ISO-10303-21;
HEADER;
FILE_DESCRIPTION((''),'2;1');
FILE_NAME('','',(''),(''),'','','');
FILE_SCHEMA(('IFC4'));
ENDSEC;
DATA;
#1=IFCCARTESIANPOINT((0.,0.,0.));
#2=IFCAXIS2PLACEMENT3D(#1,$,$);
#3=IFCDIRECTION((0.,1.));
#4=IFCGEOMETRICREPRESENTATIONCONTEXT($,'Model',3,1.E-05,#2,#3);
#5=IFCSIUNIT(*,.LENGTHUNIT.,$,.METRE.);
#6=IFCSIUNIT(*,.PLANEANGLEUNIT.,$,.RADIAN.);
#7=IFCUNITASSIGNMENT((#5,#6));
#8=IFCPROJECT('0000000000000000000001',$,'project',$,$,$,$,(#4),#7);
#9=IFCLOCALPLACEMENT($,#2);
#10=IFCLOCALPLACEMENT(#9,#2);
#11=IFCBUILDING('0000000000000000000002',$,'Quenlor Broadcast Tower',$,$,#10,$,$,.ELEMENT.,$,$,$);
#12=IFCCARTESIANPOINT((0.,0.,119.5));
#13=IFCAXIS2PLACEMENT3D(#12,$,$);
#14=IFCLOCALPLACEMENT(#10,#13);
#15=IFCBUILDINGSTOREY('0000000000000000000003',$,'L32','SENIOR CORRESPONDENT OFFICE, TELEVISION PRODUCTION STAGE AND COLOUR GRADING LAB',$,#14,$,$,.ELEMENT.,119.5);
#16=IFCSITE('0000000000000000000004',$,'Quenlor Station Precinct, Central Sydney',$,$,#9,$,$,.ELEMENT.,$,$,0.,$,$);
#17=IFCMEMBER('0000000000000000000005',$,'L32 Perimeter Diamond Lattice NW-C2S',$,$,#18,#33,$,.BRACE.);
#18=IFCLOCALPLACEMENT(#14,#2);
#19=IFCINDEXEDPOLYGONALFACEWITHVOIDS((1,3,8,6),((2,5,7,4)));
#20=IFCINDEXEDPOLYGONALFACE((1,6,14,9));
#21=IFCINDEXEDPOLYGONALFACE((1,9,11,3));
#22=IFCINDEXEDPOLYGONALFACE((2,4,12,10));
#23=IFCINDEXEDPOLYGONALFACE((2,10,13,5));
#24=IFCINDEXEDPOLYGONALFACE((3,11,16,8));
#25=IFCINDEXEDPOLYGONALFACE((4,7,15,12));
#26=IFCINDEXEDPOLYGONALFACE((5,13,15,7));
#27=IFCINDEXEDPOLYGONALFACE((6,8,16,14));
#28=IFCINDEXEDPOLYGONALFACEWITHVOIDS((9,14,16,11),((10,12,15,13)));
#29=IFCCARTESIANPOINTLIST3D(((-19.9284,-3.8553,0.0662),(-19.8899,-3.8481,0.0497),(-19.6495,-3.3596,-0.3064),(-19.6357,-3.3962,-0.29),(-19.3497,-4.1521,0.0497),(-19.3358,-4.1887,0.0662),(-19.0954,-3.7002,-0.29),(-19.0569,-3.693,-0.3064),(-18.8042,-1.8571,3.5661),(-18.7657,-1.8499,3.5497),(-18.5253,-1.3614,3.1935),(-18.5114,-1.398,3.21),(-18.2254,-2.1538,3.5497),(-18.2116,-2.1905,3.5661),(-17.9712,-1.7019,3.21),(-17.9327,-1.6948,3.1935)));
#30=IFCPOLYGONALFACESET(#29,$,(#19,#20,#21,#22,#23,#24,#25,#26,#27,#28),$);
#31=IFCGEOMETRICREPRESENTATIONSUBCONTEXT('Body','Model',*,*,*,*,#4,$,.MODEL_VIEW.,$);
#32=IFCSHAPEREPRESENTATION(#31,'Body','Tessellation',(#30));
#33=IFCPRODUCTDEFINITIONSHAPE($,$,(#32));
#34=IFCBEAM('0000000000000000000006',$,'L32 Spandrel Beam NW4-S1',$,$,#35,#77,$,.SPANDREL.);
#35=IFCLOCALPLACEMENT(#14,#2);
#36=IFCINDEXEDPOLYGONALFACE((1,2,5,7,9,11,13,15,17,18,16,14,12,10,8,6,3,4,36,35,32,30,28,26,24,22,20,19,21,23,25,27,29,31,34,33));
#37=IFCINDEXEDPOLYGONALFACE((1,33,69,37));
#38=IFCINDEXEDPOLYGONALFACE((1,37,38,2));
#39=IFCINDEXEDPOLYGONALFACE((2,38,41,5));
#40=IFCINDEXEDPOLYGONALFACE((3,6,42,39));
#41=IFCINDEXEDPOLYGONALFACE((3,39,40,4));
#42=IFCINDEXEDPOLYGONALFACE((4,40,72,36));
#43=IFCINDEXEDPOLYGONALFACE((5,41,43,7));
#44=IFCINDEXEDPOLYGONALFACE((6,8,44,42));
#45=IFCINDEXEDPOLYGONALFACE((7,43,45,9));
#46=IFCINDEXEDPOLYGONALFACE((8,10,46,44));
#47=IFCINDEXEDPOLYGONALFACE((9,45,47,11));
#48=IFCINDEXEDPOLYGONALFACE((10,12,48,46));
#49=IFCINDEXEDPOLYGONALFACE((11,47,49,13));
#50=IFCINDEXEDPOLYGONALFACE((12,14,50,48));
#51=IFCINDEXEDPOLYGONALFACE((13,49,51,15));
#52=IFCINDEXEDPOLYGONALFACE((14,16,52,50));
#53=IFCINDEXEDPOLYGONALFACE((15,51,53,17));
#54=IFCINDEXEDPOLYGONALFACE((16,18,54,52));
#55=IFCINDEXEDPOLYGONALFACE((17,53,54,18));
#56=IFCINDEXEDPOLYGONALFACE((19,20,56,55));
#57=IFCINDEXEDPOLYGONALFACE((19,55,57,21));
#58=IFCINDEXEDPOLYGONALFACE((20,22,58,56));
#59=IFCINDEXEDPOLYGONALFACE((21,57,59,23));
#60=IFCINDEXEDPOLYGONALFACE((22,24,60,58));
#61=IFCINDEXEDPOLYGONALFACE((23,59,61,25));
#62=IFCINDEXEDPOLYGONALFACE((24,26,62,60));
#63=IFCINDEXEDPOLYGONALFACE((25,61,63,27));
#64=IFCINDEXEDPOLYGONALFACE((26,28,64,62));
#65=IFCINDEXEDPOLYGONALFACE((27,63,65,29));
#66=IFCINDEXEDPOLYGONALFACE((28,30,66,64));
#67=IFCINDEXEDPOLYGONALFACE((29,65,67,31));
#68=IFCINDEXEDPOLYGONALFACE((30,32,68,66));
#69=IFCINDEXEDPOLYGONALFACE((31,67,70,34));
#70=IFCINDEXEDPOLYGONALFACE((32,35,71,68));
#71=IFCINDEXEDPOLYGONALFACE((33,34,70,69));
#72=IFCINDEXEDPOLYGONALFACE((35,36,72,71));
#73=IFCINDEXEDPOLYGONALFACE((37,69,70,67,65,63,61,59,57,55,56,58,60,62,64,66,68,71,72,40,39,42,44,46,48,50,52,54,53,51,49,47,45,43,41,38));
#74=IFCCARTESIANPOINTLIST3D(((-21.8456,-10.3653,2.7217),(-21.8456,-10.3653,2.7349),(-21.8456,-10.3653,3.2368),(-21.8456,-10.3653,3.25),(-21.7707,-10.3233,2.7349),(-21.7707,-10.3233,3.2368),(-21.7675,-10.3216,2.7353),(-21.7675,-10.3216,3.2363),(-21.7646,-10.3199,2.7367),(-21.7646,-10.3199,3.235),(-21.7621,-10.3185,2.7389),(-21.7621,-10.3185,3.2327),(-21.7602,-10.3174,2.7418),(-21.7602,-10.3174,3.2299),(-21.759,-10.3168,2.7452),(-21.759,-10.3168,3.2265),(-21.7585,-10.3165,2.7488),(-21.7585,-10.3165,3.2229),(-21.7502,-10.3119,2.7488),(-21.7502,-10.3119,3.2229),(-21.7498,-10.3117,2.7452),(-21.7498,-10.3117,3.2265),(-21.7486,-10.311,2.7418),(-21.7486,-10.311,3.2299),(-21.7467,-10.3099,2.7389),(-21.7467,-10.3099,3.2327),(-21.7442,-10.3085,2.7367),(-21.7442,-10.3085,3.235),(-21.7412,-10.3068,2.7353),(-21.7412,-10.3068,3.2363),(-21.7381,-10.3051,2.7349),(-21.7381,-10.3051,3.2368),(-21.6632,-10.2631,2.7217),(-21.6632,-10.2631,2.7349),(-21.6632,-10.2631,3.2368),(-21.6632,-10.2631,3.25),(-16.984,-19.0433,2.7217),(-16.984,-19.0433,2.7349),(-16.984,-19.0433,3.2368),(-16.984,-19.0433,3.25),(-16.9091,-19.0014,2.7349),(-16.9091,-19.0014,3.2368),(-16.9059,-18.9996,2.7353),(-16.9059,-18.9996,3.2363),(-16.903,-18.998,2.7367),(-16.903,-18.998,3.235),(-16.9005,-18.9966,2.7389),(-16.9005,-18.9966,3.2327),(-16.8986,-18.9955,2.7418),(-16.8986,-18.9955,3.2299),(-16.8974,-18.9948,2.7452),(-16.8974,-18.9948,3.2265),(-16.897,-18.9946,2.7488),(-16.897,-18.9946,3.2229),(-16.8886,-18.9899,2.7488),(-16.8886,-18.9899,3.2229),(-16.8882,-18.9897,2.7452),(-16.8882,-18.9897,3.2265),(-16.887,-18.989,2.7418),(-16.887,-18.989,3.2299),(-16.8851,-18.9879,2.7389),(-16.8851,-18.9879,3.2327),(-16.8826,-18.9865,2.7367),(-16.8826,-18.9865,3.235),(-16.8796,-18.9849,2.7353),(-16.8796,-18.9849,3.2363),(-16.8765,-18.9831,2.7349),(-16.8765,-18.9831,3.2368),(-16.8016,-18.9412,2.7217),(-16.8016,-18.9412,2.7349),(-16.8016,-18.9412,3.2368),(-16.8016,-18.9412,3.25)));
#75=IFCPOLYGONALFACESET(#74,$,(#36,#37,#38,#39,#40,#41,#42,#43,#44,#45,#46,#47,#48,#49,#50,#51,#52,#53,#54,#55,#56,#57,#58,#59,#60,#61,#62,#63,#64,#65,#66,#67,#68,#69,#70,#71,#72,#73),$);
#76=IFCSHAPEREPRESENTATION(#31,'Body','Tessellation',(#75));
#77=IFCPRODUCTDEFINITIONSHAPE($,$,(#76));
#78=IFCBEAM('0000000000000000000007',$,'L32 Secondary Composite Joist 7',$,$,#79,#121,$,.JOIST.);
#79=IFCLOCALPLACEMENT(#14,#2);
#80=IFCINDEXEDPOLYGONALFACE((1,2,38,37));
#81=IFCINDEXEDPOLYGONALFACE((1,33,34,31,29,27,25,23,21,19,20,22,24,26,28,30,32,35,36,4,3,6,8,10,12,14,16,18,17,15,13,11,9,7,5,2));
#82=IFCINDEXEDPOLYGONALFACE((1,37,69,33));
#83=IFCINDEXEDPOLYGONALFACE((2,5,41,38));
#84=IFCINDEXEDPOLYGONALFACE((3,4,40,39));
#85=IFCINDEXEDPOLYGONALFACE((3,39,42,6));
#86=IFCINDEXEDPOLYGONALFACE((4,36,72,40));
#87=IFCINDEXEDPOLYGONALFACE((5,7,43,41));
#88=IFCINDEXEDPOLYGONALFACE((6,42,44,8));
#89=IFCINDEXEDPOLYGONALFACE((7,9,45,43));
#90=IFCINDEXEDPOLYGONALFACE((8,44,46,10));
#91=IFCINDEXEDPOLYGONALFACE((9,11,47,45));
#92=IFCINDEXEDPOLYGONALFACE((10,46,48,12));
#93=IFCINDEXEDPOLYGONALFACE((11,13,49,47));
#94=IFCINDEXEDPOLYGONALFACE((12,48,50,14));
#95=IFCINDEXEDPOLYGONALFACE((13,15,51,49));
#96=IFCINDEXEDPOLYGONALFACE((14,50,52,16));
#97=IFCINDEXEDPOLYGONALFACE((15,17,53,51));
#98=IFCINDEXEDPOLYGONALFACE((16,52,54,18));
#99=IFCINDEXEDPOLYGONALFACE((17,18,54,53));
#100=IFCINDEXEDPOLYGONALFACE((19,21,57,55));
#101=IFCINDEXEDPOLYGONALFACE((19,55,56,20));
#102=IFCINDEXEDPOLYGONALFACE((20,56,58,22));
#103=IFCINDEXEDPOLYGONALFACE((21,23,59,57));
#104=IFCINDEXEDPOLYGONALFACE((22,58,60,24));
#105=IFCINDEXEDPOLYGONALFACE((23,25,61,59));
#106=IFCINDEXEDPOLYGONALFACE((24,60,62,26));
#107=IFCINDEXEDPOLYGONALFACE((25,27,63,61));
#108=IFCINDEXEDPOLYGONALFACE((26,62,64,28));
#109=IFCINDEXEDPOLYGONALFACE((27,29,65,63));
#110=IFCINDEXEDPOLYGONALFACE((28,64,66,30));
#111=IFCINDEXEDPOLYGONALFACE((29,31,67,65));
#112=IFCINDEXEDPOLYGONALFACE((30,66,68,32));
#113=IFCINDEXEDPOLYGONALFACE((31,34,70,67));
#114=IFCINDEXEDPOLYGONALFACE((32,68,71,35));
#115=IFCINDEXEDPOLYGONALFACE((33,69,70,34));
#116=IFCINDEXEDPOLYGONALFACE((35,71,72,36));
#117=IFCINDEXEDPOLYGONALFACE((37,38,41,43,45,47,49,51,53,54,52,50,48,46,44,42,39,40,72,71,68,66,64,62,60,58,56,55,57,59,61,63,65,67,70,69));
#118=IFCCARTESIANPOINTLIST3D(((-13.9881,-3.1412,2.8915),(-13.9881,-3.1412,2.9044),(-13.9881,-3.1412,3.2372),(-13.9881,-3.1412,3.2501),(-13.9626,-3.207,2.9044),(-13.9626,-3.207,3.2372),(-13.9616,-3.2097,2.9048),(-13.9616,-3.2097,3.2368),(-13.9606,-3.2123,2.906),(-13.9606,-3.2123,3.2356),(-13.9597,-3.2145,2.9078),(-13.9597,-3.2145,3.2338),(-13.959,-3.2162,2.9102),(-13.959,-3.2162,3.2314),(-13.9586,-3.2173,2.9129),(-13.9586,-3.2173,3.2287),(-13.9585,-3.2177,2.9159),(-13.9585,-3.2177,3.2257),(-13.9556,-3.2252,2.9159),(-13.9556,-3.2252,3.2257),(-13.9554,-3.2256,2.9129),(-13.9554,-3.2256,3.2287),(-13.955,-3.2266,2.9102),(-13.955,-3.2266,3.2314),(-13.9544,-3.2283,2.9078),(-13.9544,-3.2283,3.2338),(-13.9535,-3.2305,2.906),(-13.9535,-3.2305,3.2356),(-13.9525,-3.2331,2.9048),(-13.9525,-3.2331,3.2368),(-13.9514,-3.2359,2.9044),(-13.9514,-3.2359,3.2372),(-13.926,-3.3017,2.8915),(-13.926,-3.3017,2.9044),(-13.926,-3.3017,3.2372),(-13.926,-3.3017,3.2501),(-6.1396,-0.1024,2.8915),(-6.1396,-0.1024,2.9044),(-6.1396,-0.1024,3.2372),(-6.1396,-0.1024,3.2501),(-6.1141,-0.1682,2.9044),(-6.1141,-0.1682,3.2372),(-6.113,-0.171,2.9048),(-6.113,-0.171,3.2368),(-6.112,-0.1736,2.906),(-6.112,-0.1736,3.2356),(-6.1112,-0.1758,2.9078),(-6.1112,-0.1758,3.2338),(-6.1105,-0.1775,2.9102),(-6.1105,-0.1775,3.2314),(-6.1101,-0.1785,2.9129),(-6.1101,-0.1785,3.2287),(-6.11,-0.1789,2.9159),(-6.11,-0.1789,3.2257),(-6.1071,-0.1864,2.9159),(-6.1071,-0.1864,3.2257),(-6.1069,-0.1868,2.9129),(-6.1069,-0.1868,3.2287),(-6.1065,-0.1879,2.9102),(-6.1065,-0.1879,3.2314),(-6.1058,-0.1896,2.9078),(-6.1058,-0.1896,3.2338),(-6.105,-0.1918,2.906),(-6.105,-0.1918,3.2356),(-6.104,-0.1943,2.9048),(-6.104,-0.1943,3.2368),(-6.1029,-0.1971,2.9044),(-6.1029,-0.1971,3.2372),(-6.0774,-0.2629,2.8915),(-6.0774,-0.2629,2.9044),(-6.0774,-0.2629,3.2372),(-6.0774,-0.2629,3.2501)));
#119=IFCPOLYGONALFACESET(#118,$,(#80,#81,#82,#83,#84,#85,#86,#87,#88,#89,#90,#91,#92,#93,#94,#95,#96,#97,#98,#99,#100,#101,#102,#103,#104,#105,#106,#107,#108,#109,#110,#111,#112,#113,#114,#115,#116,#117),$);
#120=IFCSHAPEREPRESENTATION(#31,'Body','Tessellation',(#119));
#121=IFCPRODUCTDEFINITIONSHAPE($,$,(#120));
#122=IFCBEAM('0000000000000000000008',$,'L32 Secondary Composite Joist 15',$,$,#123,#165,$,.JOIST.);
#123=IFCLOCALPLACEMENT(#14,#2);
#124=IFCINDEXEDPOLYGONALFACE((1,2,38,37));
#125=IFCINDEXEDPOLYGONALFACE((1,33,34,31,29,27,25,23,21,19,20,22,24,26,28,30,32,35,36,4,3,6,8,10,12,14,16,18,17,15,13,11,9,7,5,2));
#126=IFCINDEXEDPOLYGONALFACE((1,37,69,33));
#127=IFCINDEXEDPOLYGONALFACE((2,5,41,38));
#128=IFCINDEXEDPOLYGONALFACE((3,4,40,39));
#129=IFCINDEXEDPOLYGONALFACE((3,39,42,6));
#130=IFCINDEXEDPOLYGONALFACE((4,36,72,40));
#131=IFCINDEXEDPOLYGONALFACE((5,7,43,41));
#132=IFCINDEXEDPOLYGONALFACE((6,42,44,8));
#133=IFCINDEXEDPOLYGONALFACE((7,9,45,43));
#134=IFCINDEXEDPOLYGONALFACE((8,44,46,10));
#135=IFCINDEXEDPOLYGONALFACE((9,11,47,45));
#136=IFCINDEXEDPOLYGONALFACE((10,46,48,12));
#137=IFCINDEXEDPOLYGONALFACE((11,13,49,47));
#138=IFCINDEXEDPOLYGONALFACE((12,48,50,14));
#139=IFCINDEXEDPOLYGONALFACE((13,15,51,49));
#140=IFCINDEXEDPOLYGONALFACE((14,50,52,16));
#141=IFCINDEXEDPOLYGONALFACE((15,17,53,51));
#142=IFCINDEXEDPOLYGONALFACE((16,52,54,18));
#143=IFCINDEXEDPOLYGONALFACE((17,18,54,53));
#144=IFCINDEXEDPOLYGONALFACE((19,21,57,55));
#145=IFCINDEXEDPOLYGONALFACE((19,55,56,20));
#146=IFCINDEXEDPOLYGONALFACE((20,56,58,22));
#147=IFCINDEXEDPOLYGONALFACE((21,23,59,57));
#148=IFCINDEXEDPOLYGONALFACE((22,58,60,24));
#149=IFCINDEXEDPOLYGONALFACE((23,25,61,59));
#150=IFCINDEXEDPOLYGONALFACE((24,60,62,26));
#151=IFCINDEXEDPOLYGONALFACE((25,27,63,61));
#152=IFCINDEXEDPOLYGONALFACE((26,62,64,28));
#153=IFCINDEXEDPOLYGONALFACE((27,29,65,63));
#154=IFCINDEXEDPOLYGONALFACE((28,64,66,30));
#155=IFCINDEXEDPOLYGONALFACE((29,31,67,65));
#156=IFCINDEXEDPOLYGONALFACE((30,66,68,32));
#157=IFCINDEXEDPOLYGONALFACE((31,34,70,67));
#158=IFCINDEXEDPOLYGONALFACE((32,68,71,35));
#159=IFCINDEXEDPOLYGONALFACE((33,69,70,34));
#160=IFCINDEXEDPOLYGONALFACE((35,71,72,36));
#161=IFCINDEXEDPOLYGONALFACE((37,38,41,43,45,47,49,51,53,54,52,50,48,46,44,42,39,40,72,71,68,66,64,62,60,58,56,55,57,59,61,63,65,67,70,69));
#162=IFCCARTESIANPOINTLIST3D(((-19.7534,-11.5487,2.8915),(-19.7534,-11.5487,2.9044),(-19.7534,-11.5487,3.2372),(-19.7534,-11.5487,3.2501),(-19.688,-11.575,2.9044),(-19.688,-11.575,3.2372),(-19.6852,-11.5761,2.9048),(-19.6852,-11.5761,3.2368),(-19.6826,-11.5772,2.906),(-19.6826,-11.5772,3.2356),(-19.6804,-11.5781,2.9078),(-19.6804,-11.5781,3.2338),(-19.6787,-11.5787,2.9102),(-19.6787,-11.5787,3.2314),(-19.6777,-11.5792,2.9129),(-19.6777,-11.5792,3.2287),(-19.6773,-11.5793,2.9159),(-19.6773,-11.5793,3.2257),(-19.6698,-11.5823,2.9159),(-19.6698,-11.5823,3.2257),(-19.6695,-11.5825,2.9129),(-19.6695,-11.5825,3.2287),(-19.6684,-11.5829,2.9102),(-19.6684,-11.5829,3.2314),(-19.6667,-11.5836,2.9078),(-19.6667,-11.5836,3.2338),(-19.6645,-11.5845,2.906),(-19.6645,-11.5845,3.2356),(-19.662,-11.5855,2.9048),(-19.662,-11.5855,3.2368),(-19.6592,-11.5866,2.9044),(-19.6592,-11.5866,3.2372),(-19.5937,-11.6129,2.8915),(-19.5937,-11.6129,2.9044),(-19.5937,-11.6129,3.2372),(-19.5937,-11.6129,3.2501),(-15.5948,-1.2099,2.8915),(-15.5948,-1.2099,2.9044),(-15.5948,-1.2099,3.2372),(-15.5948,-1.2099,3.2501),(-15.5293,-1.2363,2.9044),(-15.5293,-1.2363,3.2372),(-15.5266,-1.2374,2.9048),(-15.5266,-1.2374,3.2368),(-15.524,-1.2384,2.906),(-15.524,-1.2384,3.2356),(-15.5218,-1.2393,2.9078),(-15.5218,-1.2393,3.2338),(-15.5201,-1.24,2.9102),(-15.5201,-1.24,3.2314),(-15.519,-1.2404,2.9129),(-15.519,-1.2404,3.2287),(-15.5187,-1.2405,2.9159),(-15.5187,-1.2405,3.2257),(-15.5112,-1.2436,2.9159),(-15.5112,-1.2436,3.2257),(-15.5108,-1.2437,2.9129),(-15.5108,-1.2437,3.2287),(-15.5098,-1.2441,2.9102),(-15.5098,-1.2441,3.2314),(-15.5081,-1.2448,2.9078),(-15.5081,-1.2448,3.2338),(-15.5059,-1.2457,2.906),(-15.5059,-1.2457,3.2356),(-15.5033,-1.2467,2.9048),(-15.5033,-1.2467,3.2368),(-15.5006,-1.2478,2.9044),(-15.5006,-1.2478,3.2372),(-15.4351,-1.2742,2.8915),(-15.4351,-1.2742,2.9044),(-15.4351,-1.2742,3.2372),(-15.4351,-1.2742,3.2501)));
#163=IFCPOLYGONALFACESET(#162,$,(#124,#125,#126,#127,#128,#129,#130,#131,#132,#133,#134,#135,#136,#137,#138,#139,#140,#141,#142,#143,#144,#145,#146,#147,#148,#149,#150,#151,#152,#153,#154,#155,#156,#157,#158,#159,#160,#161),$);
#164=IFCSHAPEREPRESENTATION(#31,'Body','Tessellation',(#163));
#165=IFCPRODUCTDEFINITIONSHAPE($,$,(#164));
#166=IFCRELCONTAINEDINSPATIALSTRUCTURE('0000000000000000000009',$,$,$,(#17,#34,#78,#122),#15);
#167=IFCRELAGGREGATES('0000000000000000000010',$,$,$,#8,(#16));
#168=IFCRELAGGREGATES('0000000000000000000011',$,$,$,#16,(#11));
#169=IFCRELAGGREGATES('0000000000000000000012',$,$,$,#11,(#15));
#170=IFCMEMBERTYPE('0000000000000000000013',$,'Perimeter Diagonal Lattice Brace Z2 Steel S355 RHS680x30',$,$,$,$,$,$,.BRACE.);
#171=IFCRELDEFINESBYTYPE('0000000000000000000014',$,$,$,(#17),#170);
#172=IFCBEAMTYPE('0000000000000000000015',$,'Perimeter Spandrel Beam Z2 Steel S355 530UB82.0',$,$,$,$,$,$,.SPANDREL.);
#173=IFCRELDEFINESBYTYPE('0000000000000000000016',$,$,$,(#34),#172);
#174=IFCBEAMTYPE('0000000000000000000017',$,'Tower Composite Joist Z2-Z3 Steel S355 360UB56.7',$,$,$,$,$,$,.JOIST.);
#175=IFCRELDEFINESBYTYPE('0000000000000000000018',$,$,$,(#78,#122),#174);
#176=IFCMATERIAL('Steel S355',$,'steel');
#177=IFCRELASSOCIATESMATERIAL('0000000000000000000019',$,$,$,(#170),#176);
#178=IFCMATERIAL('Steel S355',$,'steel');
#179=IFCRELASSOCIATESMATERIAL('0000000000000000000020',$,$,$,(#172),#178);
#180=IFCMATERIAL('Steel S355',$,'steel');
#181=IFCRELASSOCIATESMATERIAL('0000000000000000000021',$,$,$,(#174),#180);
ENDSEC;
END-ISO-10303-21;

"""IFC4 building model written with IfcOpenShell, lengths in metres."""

from ifc_helpers import new_model, si_unit, direction, frame, origin, origin_2d, place, context, subcontext, project, spatial, hollow_rectangle, i_section, extrude, material, material_profile, profile_set, type_object, element, save


model = new_model("IFC4")

# Units and contexts
model_context = context("Model", 3, precision=1e-05, world=origin(), true_north=direction((0.0, 1.0)))
body_context = subcontext(model_context, "Body", "Model", "MODEL_VIEW")
ifc_project = project(units=[si_unit("LENGTHUNIT", "METRE"), si_unit("PLANEANGLEUNIT", "RADIAN")], contexts=[model_context])

# Site, building, storey
site_placement = place(None, origin())
site = spatial("IfcSite", under=ifc_project, at=site_placement, Name="Quenlor Station Precinct, Central Sydney", CompositionType="ELEMENT", RefElevation=0.0)
building_placement = place(site_placement, origin())
building = spatial("IfcBuilding", under=site, at=building_placement, Name="Quenlor Broadcast Tower", CompositionType="ELEMENT")
storey_placement = place(building_placement, frame((0.0, 0.0, 119.5)))
storey = spatial("IfcBuildingStorey", under=building, at=storey_placement, Name="L32", Description="SENIOR CORRESPONDENT OFFICE, TELEVISION PRODUCTION STAGE AND COLOUR GRADING LAB", CompositionType="ELEMENT", Elevation=119.5)

# Member
ifc_material_1 = material(Name="Steel S355", Category="steel")
ifc_material_profile_1 = material_profile(ifc_material_1, hollow_rectangle(XDim=0.6799, YDim=0.6799, WallThickness=0.03, at=origin_2d()))
ifc_profile_set_1 = profile_set([ifc_material_profile_1], Name="Steel S355 RHS680x680x30")
member_type_1 = type_object("IfcMemberType", Name="Perimeter Diagonal Lattice Brace Z2 Steel S355 RHS680x30", PredefinedType="BRACE", material=ifc_profile_set_1)
for number, where, z_axis, x_axis, name in (
    (1, (-19.4927, -3.7742, -0.1201), (0.268697, 0.477585, 0.836489), (-0.871533, 0.490337, 0.0), "L32 Perimeter Diamond Lattice NW-C2S"),
):
    element("IfcMember", number, at=place(storey_placement, frame(where, z_axis=z_axis, x_axis=x_axis)), inside=storey, type_object=member_type_1, Name=name, PredefinedType="BRACE", context=body_context, shape_type="SweptSolid", body=[
        extrude(hollow_rectangle(XDim=0.6799, YDim=0.6799, WallThickness=0.03, at=origin_2d()), origin(), (0.0, 0.0, 1.0), 4.1841),
    ])

# Beams
ifc_material_2 = material(Name="Steel S355", Category="steel")
ifc_material_profile_2 = material_profile(ifc_material_2, i_section(OverallWidth=0.209, OverallDepth=0.5283, WebThickness=0.0095, FlangeThickness=0.0132, FilletRadius=0.0139, at=origin_2d()))
ifc_profile_set_2 = profile_set([ifc_material_profile_2], Name="Steel S355 530UB82.0")
beam_type_1 = type_object("IfcBeamType", Name="Perimeter Spandrel Beam Z2 Steel S355 530UB82.0", PredefinedType="SPANDREL", material=ifc_profile_set_2)
beam_1_placement = place(storey_placement, frame((-21.7544, -10.3142, 2.9858), z_axis=(0.488749, -0.872424, 0.0), x_axis=(0.872424, 0.488749, 0.0)))
element("IfcBeam", 2, at=beam_1_placement, inside=storey, type_object=beam_type_1, Name="L32 Spandrel Beam NW4-S1", PredefinedType="SPANDREL", context=body_context, shape_type="SweptSolid", body=[
    extrude(i_section(OverallWidth=0.209, OverallDepth=0.5283, WebThickness=0.0095, FlangeThickness=0.0132, FilletRadius=0.0139, at=origin_2d()), origin(), (0.0, 0.0, 1.0), 9.947),
])
ifc_material_3 = material(Name="Steel S355", Category="steel")
ifc_material_profile_3 = material_profile(ifc_material_3, i_section(OverallWidth=0.1721, OverallDepth=0.3586, WebThickness=0.0081, FlangeThickness=0.0129, FilletRadius=0.0115, at=origin_2d()))
ifc_profile_set_3 = profile_set([ifc_material_profile_3], Name="Steel S355 360UB56.7")
beam_type_2 = type_object("IfcBeamType", Name="Tower Composite Joist Z2-Z3 Steel S355 360UB56.7", PredefinedType="JOIST", material=ifc_profile_set_3)
beam_2_placement = place(storey_placement, frame((-13.957, -3.2214, 3.0708), z_axis=(0.932543, 0.36106, 0.0), x_axis=(-0.36106, 0.932543, 0.0)))
element("IfcBeam", 3, at=beam_2_placement, inside=storey, type_object=beam_type_2, Name="L32 Secondary Composite Joist 7", PredefinedType="JOIST", context=body_context, shape_type="SweptSolid", body=[
    extrude(i_section(OverallWidth=0.1721, OverallDepth=0.3586, WebThickness=0.0081, FlangeThickness=0.0129, FilletRadius=0.0115, at=origin_2d()), origin(), (0.0, 0.0, 1.0), 8.4163),
])
beam_3_placement = place(storey_placement, frame((-19.6736, -11.5808, 3.0708), z_axis=(0.37318, 0.927759, 0.0), x_axis=(-0.927759, 0.37318, 0.0)))
element("IfcBeam", 4, at=beam_3_placement, inside=storey, type_object=beam_type_2, Name="L32 Secondary Composite Joist 15", PredefinedType="JOIST", context=body_context, shape_type="SweptSolid", body=[
    extrude(i_section(OverallWidth=0.1721, OverallDepth=0.3586, WebThickness=0.0081, FlangeThickness=0.0129, FilletRadius=0.0115, at=origin_2d()), origin(), (0.0, 0.0, 1.0), 11.1438),
])

save(model, "model.ifc")
